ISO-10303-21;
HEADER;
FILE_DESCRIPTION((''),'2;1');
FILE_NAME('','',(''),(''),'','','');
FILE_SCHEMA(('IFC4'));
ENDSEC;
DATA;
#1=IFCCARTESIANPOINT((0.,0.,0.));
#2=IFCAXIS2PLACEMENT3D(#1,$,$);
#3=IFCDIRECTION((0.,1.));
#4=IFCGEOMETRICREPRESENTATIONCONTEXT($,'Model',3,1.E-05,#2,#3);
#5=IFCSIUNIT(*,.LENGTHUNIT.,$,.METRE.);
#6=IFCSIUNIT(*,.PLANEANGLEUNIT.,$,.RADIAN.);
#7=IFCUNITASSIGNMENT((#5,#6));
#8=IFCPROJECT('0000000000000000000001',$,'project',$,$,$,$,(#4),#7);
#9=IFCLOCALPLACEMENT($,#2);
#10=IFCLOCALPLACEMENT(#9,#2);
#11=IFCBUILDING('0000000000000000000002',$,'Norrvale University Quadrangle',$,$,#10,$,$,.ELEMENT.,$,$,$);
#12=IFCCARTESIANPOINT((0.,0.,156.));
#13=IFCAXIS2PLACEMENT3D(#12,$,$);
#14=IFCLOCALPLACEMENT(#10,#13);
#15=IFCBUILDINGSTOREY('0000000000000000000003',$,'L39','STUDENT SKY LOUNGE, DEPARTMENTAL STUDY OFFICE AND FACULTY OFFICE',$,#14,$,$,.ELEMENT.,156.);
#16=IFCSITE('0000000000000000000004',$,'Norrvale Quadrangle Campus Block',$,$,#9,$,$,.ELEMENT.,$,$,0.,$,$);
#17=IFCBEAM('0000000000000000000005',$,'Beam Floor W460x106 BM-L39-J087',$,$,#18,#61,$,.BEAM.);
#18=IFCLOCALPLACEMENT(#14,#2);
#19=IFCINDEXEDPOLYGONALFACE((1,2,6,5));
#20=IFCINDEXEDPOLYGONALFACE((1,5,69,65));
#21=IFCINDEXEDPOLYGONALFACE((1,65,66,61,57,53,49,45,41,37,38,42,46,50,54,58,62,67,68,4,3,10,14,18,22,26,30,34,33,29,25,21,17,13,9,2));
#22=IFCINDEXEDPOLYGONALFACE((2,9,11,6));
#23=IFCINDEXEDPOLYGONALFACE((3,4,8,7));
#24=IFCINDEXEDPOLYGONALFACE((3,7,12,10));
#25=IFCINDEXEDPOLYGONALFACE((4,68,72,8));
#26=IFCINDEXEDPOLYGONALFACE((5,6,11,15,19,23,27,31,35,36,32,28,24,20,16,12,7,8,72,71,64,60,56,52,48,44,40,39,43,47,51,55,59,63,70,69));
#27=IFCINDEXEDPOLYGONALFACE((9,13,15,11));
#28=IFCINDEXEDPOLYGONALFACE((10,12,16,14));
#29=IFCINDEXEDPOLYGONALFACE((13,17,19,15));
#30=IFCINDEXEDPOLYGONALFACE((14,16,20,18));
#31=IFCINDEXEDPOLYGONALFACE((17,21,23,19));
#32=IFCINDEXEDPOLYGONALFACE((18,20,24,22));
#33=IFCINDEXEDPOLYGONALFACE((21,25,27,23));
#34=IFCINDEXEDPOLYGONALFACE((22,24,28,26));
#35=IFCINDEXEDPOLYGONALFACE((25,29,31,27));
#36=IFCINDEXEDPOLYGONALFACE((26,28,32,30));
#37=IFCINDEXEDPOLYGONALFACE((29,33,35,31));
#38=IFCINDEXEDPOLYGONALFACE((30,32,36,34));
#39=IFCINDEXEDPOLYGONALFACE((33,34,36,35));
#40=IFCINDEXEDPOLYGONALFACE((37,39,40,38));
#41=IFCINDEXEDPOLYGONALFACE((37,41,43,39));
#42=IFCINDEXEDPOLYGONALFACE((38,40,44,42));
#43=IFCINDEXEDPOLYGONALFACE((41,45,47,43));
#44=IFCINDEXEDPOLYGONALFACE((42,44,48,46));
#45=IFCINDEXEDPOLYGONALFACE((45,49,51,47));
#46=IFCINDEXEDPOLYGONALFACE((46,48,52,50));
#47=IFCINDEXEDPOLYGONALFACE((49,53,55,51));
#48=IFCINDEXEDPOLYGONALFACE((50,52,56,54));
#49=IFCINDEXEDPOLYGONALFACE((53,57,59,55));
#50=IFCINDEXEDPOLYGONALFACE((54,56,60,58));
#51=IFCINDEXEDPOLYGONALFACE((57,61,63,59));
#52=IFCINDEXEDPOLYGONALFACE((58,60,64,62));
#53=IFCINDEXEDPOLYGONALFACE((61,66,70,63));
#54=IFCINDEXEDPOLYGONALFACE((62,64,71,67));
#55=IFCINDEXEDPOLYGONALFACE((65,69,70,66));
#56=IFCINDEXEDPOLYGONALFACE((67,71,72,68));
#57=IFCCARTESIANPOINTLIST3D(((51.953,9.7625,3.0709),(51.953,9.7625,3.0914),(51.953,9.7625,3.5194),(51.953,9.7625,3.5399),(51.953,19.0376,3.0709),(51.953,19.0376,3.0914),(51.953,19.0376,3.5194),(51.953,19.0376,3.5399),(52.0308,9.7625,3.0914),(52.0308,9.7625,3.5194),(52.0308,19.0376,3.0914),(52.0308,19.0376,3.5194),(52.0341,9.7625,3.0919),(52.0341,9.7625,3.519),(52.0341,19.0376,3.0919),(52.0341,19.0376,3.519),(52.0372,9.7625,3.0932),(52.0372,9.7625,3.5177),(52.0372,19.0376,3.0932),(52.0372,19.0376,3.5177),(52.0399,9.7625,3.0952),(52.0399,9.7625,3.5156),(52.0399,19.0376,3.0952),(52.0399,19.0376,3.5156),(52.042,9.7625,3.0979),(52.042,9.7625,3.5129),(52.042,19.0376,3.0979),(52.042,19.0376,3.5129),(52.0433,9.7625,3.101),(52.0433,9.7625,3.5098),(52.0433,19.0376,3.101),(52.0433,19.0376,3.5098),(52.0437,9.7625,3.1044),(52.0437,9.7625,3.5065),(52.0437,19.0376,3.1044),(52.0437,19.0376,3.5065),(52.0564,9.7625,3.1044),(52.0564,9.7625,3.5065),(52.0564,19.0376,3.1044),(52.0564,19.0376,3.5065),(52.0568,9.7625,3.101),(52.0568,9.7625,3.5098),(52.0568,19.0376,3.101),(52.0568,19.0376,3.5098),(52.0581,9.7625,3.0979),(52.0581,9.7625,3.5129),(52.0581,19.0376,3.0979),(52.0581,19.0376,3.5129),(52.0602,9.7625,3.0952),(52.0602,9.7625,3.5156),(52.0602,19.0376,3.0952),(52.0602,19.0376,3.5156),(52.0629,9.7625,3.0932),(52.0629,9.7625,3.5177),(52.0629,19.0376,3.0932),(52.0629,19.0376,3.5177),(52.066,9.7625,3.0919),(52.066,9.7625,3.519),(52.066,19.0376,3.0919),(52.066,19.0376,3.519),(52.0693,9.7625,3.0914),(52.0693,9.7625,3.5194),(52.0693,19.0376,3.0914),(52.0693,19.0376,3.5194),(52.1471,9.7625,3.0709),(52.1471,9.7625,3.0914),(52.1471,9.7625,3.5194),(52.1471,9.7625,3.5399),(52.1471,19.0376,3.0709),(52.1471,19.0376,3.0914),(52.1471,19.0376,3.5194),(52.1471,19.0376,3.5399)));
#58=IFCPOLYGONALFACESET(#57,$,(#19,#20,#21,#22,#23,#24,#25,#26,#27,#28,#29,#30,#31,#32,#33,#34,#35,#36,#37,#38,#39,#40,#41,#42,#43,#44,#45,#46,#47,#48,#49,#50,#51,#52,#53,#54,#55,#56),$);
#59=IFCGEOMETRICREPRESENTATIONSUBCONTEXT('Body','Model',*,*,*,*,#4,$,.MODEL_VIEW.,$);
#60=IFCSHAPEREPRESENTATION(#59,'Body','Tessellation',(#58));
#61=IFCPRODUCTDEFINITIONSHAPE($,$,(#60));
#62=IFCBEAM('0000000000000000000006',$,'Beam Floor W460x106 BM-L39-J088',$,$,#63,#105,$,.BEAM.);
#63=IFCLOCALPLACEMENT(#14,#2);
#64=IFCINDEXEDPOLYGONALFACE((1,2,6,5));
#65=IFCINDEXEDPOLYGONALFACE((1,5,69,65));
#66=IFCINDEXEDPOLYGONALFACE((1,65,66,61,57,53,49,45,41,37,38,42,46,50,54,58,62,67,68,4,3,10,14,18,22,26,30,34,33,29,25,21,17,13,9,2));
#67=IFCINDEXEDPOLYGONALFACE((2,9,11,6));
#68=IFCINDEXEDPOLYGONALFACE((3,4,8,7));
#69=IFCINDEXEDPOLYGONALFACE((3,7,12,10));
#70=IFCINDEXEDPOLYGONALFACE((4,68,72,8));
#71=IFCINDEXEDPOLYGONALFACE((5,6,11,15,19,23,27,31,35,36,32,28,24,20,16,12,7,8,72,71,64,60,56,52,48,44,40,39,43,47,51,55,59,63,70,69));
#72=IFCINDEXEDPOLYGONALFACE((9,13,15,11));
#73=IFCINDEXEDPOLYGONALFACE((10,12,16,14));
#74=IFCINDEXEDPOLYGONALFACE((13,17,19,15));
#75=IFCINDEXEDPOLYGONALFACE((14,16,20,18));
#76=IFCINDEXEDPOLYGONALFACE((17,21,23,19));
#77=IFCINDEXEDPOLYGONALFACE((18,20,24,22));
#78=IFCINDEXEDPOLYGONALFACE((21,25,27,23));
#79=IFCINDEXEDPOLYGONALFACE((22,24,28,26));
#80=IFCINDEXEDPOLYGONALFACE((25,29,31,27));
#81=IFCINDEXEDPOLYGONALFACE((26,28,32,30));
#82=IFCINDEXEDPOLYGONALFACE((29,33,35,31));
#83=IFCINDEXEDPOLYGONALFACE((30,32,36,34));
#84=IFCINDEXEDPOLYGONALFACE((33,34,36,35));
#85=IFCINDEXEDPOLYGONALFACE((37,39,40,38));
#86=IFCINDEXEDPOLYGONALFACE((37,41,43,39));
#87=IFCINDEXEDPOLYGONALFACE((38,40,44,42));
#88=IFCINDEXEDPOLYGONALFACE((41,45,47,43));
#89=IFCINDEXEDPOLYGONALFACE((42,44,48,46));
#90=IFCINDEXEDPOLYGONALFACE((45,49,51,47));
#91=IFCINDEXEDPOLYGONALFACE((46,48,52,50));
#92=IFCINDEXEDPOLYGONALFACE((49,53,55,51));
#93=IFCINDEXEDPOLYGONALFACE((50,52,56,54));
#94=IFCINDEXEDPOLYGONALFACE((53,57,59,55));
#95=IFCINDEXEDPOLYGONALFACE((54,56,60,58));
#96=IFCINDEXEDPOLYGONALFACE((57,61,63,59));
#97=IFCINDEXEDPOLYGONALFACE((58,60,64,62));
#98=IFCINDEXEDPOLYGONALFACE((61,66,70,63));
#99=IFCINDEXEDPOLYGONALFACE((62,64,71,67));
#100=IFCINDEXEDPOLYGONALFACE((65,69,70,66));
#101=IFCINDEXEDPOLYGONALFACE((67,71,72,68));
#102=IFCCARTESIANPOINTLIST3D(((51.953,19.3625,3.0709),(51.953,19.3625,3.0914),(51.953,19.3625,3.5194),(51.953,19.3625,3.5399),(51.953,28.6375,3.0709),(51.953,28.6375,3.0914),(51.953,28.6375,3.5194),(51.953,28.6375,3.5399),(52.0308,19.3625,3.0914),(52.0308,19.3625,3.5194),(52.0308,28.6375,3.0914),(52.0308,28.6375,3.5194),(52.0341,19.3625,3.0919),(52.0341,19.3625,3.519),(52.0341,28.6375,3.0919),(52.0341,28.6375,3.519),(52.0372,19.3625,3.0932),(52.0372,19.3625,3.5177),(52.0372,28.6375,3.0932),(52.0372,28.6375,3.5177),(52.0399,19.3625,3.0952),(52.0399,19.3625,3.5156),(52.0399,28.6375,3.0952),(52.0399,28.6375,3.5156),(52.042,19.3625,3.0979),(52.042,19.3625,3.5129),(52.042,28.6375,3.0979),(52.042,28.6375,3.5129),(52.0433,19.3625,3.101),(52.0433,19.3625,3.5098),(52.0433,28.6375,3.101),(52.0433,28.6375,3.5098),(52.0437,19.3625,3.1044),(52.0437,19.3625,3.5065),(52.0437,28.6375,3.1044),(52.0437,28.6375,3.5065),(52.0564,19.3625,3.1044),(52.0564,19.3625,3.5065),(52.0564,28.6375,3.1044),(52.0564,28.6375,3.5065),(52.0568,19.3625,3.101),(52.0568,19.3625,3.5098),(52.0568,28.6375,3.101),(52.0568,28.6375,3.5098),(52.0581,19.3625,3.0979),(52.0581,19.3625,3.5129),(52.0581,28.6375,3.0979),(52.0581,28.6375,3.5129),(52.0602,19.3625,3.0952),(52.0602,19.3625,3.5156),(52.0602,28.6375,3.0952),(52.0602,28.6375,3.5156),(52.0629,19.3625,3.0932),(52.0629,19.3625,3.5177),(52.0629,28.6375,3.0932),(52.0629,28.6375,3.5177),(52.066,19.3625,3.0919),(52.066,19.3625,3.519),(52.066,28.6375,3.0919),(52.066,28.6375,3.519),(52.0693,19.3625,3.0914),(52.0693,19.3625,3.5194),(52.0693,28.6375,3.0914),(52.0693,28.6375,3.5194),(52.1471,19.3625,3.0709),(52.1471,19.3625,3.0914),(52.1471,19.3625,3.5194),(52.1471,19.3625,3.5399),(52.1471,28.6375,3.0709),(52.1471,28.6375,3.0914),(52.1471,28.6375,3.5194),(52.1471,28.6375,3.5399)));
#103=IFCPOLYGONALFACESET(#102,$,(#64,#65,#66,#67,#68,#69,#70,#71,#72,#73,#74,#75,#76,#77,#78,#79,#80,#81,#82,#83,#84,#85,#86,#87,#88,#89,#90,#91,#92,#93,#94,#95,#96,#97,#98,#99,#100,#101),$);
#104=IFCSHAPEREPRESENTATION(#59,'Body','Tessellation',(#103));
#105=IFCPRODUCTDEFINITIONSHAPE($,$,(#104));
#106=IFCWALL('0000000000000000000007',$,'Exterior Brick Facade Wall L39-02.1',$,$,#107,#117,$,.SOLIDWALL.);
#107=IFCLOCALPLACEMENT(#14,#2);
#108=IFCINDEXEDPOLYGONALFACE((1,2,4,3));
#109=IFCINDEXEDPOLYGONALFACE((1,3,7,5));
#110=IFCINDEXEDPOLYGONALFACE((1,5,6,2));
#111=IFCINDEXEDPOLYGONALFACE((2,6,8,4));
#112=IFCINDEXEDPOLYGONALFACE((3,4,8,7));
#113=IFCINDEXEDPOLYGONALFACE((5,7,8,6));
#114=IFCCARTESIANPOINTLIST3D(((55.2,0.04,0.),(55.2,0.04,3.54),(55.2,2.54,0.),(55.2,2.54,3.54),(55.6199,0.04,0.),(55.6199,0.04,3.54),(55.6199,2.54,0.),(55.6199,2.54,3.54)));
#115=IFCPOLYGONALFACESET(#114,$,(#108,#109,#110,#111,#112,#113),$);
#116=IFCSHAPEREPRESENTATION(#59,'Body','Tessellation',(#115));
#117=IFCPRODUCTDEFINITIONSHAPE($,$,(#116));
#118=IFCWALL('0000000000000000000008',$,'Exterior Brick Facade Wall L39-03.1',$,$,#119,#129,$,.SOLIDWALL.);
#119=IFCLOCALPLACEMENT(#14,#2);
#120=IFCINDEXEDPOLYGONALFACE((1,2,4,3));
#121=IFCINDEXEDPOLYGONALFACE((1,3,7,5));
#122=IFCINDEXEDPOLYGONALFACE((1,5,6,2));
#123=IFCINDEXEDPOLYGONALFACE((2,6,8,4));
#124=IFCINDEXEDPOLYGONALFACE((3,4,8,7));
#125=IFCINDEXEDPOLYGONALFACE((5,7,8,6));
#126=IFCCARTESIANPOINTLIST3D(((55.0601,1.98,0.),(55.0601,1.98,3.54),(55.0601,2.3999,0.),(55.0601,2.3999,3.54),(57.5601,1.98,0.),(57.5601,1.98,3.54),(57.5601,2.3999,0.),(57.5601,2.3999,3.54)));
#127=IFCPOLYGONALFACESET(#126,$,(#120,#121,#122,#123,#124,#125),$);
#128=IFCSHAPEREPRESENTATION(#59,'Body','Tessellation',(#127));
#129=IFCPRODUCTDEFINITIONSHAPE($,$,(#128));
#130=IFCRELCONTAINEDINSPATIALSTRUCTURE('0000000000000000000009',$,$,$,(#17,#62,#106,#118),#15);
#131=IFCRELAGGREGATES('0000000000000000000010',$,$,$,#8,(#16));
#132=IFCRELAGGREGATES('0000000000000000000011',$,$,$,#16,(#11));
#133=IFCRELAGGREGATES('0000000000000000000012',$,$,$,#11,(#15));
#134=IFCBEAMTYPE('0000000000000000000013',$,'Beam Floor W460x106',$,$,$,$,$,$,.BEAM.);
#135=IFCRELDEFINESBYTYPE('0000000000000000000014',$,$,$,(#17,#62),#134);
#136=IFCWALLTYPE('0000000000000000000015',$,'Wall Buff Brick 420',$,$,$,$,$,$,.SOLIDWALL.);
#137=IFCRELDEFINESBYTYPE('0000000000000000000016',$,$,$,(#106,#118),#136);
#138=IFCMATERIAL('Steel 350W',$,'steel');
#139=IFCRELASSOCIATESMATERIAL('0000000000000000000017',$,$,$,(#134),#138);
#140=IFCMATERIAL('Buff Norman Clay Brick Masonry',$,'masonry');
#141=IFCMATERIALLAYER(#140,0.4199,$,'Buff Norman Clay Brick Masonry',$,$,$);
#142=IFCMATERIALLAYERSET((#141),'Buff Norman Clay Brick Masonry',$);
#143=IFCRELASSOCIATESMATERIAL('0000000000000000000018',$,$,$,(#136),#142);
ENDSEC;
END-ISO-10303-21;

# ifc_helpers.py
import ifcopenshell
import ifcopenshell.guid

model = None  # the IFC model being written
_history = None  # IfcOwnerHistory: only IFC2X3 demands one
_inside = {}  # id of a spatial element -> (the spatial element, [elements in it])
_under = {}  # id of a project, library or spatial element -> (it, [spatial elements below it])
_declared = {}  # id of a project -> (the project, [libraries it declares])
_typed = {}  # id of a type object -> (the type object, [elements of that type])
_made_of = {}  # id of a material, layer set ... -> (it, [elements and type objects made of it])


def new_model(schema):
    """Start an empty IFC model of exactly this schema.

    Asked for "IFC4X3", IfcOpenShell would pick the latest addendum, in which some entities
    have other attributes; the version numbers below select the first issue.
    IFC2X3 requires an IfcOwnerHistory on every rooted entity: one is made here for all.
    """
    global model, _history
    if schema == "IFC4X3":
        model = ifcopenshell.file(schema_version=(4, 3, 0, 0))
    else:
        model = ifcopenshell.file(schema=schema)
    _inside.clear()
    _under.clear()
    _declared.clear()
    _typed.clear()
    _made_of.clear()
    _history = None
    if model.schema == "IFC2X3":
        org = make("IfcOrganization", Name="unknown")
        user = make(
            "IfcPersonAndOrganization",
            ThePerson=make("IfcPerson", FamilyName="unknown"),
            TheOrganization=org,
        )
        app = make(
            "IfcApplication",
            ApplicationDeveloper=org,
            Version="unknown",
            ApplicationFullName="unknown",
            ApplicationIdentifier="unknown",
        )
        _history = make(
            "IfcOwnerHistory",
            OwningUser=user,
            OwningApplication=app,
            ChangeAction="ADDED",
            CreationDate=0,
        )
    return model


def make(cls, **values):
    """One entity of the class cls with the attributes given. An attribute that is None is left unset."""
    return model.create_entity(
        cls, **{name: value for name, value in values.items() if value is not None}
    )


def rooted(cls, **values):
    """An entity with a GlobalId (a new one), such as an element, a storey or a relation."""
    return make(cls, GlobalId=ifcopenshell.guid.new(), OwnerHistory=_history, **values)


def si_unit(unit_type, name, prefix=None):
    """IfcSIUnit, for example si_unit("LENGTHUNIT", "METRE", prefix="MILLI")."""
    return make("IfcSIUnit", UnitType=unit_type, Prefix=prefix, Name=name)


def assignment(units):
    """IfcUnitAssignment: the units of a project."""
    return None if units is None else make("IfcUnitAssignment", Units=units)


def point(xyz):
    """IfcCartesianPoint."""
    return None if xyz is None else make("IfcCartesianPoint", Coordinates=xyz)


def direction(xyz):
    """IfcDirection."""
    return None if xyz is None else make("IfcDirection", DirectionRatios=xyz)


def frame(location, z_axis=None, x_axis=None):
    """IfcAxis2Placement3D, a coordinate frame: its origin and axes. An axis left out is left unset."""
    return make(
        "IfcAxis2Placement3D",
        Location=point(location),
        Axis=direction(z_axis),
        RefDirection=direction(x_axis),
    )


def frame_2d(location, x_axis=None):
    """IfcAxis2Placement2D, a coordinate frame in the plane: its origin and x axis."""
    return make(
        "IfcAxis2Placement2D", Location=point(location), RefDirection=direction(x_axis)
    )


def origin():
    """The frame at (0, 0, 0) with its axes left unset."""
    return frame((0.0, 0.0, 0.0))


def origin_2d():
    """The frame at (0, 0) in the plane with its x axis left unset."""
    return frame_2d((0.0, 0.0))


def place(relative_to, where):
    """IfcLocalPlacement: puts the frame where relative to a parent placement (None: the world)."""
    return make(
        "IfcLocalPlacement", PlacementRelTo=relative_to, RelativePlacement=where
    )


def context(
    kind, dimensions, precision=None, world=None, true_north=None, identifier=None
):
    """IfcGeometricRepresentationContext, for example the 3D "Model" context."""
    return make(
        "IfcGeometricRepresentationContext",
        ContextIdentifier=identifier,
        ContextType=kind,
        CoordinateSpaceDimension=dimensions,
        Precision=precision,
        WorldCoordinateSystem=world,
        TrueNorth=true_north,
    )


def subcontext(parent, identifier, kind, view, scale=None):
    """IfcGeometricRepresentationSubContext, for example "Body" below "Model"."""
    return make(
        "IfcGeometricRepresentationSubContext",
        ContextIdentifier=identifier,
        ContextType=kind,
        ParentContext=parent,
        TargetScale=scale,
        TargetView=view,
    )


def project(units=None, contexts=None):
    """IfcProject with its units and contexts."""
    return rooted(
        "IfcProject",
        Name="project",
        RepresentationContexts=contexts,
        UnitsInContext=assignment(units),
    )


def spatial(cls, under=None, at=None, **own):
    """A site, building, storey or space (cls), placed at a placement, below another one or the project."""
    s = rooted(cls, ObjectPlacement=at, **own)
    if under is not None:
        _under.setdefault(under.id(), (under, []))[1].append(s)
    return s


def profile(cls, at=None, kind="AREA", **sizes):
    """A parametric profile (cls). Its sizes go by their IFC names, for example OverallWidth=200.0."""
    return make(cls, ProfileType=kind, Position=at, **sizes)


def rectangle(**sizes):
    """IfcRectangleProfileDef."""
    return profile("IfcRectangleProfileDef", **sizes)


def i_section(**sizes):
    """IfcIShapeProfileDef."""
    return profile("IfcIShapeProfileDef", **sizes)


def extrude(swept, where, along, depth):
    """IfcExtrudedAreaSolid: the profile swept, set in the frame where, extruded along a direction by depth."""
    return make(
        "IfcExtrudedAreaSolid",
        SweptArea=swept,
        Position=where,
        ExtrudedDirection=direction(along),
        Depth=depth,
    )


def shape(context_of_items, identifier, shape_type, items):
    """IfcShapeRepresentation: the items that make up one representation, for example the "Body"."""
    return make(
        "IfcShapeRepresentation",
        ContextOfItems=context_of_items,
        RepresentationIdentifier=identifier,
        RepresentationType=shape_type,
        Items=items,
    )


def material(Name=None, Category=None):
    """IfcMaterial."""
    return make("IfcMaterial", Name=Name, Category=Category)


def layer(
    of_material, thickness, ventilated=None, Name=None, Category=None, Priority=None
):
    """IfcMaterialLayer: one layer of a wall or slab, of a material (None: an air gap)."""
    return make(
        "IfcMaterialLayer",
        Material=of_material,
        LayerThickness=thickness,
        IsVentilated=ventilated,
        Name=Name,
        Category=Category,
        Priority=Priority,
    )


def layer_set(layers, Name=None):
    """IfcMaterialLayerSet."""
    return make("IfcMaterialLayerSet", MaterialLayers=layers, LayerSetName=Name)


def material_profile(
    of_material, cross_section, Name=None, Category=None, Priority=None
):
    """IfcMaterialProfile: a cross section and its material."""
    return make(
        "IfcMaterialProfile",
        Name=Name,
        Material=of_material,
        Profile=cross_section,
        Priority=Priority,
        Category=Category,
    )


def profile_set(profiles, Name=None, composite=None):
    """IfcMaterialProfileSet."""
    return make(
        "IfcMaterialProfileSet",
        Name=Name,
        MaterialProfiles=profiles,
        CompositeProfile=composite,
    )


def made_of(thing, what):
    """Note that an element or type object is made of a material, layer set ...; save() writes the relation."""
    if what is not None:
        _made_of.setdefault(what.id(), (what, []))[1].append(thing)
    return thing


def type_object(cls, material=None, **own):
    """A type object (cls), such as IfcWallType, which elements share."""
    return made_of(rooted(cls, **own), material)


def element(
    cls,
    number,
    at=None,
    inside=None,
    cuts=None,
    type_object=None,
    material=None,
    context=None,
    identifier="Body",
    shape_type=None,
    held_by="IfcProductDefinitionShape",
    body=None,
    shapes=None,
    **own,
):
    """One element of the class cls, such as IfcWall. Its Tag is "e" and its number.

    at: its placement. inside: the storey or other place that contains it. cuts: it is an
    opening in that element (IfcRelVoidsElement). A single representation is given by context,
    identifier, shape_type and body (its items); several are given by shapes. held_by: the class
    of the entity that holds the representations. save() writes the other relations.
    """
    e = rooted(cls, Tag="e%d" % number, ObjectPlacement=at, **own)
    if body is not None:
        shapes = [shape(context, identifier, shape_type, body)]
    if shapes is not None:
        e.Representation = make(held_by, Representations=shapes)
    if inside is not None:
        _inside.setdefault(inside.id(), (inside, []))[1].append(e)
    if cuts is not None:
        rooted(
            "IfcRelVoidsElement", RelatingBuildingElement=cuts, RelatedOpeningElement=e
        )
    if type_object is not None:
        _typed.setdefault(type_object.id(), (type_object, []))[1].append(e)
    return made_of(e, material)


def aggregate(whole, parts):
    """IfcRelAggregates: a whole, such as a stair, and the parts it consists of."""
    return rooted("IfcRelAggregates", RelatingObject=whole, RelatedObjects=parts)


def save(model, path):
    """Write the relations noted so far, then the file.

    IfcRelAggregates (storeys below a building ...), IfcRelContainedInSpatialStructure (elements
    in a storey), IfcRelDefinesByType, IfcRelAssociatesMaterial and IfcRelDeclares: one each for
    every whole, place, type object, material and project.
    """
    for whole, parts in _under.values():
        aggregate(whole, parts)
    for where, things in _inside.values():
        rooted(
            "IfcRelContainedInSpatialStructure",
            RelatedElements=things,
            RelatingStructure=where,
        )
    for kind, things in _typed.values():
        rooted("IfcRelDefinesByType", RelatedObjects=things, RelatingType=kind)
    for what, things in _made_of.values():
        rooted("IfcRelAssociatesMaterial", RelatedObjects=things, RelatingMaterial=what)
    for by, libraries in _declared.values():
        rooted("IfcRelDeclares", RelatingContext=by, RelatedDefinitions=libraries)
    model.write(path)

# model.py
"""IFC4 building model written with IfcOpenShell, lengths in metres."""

from ifc_helpers import new_model, si_unit, direction, frame, frame_2d, origin, origin_2d, place, context, subcontext, project, spatial, rectangle, i_section, extrude, material, layer, layer_set, material_profile, profile_set, type_object, element, save


model = new_model("IFC4")

# Units and contexts
model_context = context("Model", 3, precision=1e-05, world=origin(), true_north=direction((0.0, 1.0)))
body_context = subcontext(model_context, "Body", "Model", "MODEL_VIEW")
ifc_project = project(units=[si_unit("LENGTHUNIT", "METRE"), si_unit("PLANEANGLEUNIT", "RADIAN")], contexts=[model_context])

# Site, building, storey
site_placement = place(None, origin())
site = spatial("IfcSite", under=ifc_project, at=site_placement, Name="Norrvale Quadrangle Campus Block", CompositionType="ELEMENT", RefElevation=0.0)
building_placement = place(site_placement, origin())
building = spatial("IfcBuilding", under=site, at=building_placement, Name="Norrvale University Quadrangle", CompositionType="ELEMENT")
storey_placement = place(building_placement, frame((0.0, 0.0, 156.0)))
storey = spatial("IfcBuildingStorey", under=building, at=storey_placement, Name="L39", Description="STUDENT SKY LOUNGE, DEPARTMENTAL STUDY OFFICE AND FACULTY OFFICE", CompositionType="ELEMENT", Elevation=156.0)

# Beams
ifc_material_1 = material(Name="Steel 350W", Category="steel")
ifc_material_profile_1 = material_profile(ifc_material_1, i_section(OverallWidth=0.1941, OverallDepth=0.469, WebThickness=0.0127, FlangeThickness=0.0205, FilletRadius=0.0129, at=origin_2d()), Name="Steel 350W")
ifc_profile_set_1 = profile_set([ifc_material_profile_1], Name="Steel 350W")
beam_type_1 = type_object("IfcBeamType", Name="Beam Floor W460x106", PredefinedType="BEAM", material=ifc_profile_set_1)
beam_1_placement = place(storey_placement, frame((52.05, 9.7625, 3.3054), z_axis=(0.0, 1.0, 0.0), x_axis=(-1.0, 0.0, 0.0)))
element("IfcBeam", 1, at=beam_1_placement, inside=storey, type_object=beam_type_1, Name="Beam Floor W460x106 BM-L39-J087", PredefinedType="BEAM", context=body_context, shape_type="SweptSolid", body=[
    extrude(i_section(OverallWidth=0.1941, OverallDepth=0.469, WebThickness=0.0127, FlangeThickness=0.0205, FilletRadius=0.0129, at=origin_2d()), origin(), (0.0, 0.0, 1.0), 9.2751),
])
beam_2_placement = place(storey_placement, frame((52.05, 19.3625, 3.3054), z_axis=(0.0, 1.0, 0.0), x_axis=(-1.0, 0.0, 0.0)))
element("IfcBeam", 2, at=beam_2_placement, inside=storey, type_object=beam_type_1, Name="Beam Floor W460x106 BM-L39-J088", PredefinedType="BEAM", context=body_context, shape_type="SweptSolid", body=[
    extrude(i_section(OverallWidth=0.1941, OverallDepth=0.469, WebThickness=0.0127, FlangeThickness=0.0205, FilletRadius=0.0129, at=origin_2d()), origin(), (0.0, 0.0, 1.0), 9.2749),
])

# Walls
ifc_material_2 = material(Name="Buff Norman Clay Brick Masonry", Category="masonry")
ifc_layer = layer(ifc_material_2, 0.4199, Name="Buff Norman Clay Brick Masonry")
ifc_layer_set = layer_set([ifc_layer], Name="Buff Norman Clay Brick Masonry")
wall_type = type_object("IfcWallType", Name="Wall Buff Brick 420", PredefinedType="SOLIDWALL", material=ifc_layer_set)
for number, where, z_axis, x_axis, name in (
    (3, (55.4099, 0.04, 0.0), (0.0, 0.0, 1.0), (0.0, 1.0, 0.0), "Exterior Brick Facade Wall L39-02.1"),
    (4, (55.0601, 2.1899, 0.0), (0.0, 0.0, 1.0), (1.0, 0.0, 0.0), "Exterior Brick Facade Wall L39-03.1"),
):
    element("IfcWall", number, at=place(storey_placement, frame(where, z_axis=z_axis, x_axis=x_axis)), inside=storey, type_object=wall_type, Name=name, PredefinedType="SOLIDWALL", context=body_context, shape_type="SweptSolid", body=[
        extrude(rectangle(XDim=2.5, YDim=0.4199, at=frame_2d((1.25, 0.0))), origin(), (0.0, 0.0, 1.0), 3.54),
    ])

save(model, "model.ifc")
